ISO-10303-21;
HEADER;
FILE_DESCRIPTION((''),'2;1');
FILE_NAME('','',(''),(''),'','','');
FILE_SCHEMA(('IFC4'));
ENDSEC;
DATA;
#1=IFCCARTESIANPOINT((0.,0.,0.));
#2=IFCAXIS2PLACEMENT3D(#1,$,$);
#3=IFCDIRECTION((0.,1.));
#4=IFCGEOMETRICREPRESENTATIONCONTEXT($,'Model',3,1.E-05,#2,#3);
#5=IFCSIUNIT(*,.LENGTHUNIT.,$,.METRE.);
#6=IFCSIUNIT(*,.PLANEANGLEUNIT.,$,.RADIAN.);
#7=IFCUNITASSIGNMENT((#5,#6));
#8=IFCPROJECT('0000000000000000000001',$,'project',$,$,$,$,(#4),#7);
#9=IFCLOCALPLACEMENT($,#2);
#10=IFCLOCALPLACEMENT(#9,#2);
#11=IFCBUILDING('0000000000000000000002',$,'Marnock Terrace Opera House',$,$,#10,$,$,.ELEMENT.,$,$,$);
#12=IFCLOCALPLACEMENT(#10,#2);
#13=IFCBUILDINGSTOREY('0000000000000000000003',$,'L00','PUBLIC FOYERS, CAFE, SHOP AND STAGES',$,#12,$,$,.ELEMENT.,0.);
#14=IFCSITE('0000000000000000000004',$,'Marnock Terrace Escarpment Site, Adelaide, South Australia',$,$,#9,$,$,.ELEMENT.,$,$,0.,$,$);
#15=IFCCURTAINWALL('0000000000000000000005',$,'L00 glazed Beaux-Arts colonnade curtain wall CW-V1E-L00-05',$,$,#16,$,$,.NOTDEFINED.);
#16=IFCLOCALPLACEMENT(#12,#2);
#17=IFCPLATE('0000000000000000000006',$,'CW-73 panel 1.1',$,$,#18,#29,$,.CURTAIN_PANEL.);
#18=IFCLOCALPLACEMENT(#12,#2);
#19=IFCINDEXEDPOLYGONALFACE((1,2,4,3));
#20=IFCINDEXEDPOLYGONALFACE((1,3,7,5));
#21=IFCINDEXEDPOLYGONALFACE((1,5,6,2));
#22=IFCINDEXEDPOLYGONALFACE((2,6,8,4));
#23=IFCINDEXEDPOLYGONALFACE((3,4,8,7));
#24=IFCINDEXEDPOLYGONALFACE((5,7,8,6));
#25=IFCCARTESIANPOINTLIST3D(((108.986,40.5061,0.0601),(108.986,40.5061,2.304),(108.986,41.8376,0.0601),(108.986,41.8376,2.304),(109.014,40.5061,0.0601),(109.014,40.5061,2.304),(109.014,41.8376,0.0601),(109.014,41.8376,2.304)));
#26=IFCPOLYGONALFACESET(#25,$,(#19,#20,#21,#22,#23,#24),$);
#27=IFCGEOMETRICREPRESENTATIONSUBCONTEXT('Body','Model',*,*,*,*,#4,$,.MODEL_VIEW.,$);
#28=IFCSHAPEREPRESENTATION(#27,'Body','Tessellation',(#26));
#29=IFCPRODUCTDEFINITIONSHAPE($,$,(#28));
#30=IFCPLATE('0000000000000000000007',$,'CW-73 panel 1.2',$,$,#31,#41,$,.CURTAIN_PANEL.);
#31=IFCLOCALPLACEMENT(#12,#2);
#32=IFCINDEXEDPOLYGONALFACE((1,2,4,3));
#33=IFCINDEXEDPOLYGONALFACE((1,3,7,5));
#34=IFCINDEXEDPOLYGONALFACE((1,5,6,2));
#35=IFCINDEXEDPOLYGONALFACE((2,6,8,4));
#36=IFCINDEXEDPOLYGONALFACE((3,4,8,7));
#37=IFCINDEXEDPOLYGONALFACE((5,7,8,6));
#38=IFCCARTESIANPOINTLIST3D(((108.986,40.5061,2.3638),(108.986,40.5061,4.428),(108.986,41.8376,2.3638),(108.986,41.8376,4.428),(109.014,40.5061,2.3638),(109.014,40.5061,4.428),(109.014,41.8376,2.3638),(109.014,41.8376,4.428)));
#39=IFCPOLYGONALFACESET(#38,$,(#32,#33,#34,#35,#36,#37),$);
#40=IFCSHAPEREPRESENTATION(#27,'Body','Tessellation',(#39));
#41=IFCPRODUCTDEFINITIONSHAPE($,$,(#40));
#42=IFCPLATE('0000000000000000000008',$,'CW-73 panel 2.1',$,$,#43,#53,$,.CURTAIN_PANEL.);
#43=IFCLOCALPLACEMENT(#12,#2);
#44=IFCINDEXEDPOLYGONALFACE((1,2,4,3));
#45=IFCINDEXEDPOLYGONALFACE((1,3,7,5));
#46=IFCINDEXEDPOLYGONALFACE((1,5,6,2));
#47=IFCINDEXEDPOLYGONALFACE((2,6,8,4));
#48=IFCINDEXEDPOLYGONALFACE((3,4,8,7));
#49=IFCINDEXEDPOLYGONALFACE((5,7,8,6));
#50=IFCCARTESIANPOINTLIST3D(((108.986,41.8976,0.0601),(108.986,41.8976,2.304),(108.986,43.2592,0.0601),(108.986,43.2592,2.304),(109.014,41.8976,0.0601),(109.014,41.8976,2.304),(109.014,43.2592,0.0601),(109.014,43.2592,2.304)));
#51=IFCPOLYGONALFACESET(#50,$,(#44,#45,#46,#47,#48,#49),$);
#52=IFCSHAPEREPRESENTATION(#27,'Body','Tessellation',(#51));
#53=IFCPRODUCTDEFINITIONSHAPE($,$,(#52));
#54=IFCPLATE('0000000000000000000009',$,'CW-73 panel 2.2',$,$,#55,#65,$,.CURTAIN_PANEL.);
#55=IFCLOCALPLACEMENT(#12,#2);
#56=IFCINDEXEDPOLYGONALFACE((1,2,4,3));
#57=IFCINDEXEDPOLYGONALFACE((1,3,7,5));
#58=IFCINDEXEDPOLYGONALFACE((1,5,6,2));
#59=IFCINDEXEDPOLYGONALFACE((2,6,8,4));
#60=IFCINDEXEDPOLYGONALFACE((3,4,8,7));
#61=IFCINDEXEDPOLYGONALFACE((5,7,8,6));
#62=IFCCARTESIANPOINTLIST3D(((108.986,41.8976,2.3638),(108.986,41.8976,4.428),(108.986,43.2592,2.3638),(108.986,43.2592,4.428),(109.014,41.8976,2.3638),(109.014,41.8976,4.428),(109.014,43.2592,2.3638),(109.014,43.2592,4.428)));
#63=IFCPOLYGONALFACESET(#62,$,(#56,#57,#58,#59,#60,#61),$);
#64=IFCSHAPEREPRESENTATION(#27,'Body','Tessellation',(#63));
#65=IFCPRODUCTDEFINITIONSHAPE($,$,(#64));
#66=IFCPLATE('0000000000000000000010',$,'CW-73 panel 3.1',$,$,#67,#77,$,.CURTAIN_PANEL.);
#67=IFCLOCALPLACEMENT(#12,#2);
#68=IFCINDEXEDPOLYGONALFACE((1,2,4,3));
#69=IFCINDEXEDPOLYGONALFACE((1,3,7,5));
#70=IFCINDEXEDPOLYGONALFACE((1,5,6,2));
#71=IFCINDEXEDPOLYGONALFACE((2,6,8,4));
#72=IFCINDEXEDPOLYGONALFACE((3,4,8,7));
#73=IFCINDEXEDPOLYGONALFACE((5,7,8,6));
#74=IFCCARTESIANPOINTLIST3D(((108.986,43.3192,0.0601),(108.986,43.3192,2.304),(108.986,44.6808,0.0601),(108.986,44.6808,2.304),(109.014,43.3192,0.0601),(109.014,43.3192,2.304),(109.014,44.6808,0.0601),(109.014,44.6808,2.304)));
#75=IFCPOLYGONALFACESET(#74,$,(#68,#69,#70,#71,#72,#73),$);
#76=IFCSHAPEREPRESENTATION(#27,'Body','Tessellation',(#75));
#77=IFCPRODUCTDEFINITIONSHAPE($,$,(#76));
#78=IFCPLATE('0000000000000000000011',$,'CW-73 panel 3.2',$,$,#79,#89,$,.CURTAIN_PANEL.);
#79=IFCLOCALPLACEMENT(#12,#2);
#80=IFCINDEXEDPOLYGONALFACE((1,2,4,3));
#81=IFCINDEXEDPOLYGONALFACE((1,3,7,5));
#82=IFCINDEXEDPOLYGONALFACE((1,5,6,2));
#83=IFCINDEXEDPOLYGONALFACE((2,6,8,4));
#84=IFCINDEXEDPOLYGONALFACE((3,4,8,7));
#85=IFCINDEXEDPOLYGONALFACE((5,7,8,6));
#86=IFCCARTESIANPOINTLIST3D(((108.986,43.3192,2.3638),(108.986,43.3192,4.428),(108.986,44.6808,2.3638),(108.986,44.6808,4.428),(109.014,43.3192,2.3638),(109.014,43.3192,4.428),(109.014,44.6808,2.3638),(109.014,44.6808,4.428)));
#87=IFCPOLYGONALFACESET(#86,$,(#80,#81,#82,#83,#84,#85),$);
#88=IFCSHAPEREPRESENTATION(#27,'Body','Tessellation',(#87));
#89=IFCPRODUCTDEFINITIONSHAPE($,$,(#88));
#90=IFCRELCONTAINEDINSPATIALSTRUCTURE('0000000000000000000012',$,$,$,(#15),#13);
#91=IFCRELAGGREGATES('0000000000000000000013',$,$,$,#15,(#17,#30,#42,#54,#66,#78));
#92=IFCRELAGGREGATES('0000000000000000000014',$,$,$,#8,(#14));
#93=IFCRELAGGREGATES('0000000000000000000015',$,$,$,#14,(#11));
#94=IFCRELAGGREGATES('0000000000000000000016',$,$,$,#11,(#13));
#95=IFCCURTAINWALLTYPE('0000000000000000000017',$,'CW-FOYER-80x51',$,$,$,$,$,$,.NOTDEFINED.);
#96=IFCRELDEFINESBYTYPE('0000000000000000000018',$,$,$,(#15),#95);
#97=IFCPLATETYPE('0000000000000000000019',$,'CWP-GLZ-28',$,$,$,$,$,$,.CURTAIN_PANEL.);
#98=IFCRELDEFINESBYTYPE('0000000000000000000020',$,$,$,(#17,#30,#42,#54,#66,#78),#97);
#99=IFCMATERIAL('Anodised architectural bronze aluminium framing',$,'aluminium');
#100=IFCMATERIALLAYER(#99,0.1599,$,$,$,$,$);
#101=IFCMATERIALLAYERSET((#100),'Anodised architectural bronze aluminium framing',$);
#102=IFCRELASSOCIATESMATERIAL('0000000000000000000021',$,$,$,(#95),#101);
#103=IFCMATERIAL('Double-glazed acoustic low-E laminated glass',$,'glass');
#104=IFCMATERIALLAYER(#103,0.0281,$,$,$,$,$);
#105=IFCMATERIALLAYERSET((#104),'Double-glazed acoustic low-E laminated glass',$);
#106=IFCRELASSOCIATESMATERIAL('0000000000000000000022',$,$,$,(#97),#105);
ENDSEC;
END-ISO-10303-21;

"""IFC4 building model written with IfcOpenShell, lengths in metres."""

from ifc_helpers import new_model, si_unit, direction, frame, origin, origin_2d, place, context, subcontext, project, spatial, rectangle, extrude, material, layer, layer_set, type_object, element, aggregate, save


model = new_model("IFC4")

# Units and contexts
model_context = context("Model", 3, precision=1e-05, world=origin(), true_north=direction((0.0, 1.0)))
body_context = subcontext(model_context, "Body", "Model", "MODEL_VIEW")
ifc_project = project(units=[si_unit("LENGTHUNIT", "METRE"), si_unit("PLANEANGLEUNIT", "RADIAN")], contexts=[model_context])

# Site, building, storey
site_placement = place(None, origin())
site = spatial("IfcSite", under=ifc_project, at=site_placement, Name="Marnock Terrace Escarpment Site, Adelaide, South Australia", CompositionType="ELEMENT", RefElevation=0.0)
building_placement = place(site_placement, origin())
building = spatial("IfcBuilding", under=site, at=building_placement, Name="Marnock Terrace Opera House", CompositionType="ELEMENT")
storey_placement = place(building_placement, origin())
storey = spatial("IfcBuildingStorey", under=building, at=storey_placement, Name="L00", Description="PUBLIC FOYERS, CAFE, SHOP AND STAGES", CompositionType="ELEMENT", Elevation=0.0)

# Curtain wall, plates
ifc_material_1 = material(Name="Anodised architectural bronze aluminium framing", Category="aluminium")
ifc_layer_1 = layer(ifc_material_1, 0.1599)
ifc_layer_set_1 = layer_set([ifc_layer_1], Name="Anodised architectural bronze aluminium framing")
curtain_wall_type = type_object("IfcCurtainWallType", Name="CW-FOYER-80x51", PredefinedType="NOTDEFINED", material=ifc_layer_set_1)
curtain_wall_placement = place(storey_placement, origin())
curtain_wall = element("IfcCurtainWall", 1, at=curtain_wall_placement, inside=storey, type_object=curtain_wall_type, Name="L00 glazed Beaux-Arts colonnade curtain wall CW-V1E-L00-05", PredefinedType="NOTDEFINED")
ifc_material_2 = material(Name="Double-glazed acoustic low-E laminated glass", Category="glass")
ifc_layer_2 = layer(ifc_material_2, 0.0281)
ifc_layer_set_2 = layer_set([ifc_layer_2], Name="Double-glazed acoustic low-E laminated glass")
plate_type = type_object("IfcPlateType", Name="CWP-GLZ-28", PredefinedType="CURTAIN_PANEL", material=ifc_layer_set_2)
plate_1_placement = place(storey_placement, frame((109.0, 41.1719, 0.0601), z_axis=(0.0, 0.0, 1.0), x_axis=(0.0, 1.0, 0.0)))
plate_1 = element("IfcPlate", 2, at=plate_1_placement, type_object=plate_type, Name="CW-73 panel 1.1", PredefinedType="CURTAIN_PANEL", context=body_context, shape_type="SweptSolid", body=[
    extrude(rectangle(XDim=1.3315, YDim=0.0281, at=origin_2d()), origin(), (0.0, 0.0, 1.0), 2.2439),
])
plate_2_placement = place(storey_placement, frame((109.0, 41.1719, 2.3638), z_axis=(0.0, 0.0, 1.0), x_axis=(0.0, 1.0, 0.0)))
plate_2 = element("IfcPlate", 3, at=plate_2_placement, type_object=plate_type, Name="CW-73 panel 1.2", PredefinedType="CURTAIN_PANEL", context=body_context, shape_type="SweptSolid", body=[
    extrude(rectangle(XDim=1.3315, YDim=0.0281, at=origin_2d()), origin(), (0.0, 0.0, 1.0), 2.0642),
])
plate_3_placement = place(storey_placement, frame((109.0, 42.5784, 0.0601), z_axis=(0.0, 0.0, 1.0), x_axis=(0.0, 1.0, 0.0)))
plate_3 = element("IfcPlate", 4, at=plate_3_placement, type_object=plate_type, Name="CW-73 panel 2.1", PredefinedType="CURTAIN_PANEL", context=body_context, shape_type="SweptSolid", body=[
    extrude(rectangle(XDim=1.3616, YDim=0.0281, at=origin_2d()), origin(), (0.0, 0.0, 1.0), 2.2439),
])
plate_4_placement = place(storey_placement, frame((109.0, 42.5784, 2.3638), z_axis=(0.0, 0.0, 1.0), x_axis=(0.0, 1.0, 0.0)))
plate_4 = element("IfcPlate", 5, at=plate_4_placement, type_object=plate_type, Name="CW-73 panel 2.2", PredefinedType="CURTAIN_PANEL", context=body_context, shape_type="SweptSolid", body=[
    extrude(rectangle(XDim=1.3616, YDim=0.0281, at=origin_2d()), origin(), (0.0, 0.0, 1.0), 2.0642),
])
plate_5_placement = place(storey_placement, frame((109.0, 44.0, 0.0601), z_axis=(0.0, 0.0, 1.0), x_axis=(0.0, 1.0, 0.0)))
plate_5 = element("IfcPlate", 6, at=plate_5_placement, type_object=plate_type, Name="CW-73 panel 3.1", PredefinedType="CURTAIN_PANEL", context=body_context, shape_type="SweptSolid", body=[
    extrude(rectangle(XDim=1.3616, YDim=0.0281, at=origin_2d()), origin(), (0.0, 0.0, 1.0), 2.2439),
])
plate_6_placement = place(storey_placement, frame((109.0, 44.0, 2.3638), z_axis=(0.0, 0.0, 1.0), x_axis=(0.0, 1.0, 0.0)))
plate_6 = element("IfcPlate", 7, at=plate_6_placement, type_object=plate_type, Name="CW-73 panel 3.2", PredefinedType="CURTAIN_PANEL", context=body_context, shape_type="SweptSolid", body=[
    extrude(rectangle(XDim=1.3616, YDim=0.0281, at=origin_2d()), origin(), (0.0, 0.0, 1.0), 2.0642),
])
aggregate(curtain_wall, [plate_1, plate_2, plate_3, plate_4, plate_5, plate_6])

save(model, "model.ifc")
